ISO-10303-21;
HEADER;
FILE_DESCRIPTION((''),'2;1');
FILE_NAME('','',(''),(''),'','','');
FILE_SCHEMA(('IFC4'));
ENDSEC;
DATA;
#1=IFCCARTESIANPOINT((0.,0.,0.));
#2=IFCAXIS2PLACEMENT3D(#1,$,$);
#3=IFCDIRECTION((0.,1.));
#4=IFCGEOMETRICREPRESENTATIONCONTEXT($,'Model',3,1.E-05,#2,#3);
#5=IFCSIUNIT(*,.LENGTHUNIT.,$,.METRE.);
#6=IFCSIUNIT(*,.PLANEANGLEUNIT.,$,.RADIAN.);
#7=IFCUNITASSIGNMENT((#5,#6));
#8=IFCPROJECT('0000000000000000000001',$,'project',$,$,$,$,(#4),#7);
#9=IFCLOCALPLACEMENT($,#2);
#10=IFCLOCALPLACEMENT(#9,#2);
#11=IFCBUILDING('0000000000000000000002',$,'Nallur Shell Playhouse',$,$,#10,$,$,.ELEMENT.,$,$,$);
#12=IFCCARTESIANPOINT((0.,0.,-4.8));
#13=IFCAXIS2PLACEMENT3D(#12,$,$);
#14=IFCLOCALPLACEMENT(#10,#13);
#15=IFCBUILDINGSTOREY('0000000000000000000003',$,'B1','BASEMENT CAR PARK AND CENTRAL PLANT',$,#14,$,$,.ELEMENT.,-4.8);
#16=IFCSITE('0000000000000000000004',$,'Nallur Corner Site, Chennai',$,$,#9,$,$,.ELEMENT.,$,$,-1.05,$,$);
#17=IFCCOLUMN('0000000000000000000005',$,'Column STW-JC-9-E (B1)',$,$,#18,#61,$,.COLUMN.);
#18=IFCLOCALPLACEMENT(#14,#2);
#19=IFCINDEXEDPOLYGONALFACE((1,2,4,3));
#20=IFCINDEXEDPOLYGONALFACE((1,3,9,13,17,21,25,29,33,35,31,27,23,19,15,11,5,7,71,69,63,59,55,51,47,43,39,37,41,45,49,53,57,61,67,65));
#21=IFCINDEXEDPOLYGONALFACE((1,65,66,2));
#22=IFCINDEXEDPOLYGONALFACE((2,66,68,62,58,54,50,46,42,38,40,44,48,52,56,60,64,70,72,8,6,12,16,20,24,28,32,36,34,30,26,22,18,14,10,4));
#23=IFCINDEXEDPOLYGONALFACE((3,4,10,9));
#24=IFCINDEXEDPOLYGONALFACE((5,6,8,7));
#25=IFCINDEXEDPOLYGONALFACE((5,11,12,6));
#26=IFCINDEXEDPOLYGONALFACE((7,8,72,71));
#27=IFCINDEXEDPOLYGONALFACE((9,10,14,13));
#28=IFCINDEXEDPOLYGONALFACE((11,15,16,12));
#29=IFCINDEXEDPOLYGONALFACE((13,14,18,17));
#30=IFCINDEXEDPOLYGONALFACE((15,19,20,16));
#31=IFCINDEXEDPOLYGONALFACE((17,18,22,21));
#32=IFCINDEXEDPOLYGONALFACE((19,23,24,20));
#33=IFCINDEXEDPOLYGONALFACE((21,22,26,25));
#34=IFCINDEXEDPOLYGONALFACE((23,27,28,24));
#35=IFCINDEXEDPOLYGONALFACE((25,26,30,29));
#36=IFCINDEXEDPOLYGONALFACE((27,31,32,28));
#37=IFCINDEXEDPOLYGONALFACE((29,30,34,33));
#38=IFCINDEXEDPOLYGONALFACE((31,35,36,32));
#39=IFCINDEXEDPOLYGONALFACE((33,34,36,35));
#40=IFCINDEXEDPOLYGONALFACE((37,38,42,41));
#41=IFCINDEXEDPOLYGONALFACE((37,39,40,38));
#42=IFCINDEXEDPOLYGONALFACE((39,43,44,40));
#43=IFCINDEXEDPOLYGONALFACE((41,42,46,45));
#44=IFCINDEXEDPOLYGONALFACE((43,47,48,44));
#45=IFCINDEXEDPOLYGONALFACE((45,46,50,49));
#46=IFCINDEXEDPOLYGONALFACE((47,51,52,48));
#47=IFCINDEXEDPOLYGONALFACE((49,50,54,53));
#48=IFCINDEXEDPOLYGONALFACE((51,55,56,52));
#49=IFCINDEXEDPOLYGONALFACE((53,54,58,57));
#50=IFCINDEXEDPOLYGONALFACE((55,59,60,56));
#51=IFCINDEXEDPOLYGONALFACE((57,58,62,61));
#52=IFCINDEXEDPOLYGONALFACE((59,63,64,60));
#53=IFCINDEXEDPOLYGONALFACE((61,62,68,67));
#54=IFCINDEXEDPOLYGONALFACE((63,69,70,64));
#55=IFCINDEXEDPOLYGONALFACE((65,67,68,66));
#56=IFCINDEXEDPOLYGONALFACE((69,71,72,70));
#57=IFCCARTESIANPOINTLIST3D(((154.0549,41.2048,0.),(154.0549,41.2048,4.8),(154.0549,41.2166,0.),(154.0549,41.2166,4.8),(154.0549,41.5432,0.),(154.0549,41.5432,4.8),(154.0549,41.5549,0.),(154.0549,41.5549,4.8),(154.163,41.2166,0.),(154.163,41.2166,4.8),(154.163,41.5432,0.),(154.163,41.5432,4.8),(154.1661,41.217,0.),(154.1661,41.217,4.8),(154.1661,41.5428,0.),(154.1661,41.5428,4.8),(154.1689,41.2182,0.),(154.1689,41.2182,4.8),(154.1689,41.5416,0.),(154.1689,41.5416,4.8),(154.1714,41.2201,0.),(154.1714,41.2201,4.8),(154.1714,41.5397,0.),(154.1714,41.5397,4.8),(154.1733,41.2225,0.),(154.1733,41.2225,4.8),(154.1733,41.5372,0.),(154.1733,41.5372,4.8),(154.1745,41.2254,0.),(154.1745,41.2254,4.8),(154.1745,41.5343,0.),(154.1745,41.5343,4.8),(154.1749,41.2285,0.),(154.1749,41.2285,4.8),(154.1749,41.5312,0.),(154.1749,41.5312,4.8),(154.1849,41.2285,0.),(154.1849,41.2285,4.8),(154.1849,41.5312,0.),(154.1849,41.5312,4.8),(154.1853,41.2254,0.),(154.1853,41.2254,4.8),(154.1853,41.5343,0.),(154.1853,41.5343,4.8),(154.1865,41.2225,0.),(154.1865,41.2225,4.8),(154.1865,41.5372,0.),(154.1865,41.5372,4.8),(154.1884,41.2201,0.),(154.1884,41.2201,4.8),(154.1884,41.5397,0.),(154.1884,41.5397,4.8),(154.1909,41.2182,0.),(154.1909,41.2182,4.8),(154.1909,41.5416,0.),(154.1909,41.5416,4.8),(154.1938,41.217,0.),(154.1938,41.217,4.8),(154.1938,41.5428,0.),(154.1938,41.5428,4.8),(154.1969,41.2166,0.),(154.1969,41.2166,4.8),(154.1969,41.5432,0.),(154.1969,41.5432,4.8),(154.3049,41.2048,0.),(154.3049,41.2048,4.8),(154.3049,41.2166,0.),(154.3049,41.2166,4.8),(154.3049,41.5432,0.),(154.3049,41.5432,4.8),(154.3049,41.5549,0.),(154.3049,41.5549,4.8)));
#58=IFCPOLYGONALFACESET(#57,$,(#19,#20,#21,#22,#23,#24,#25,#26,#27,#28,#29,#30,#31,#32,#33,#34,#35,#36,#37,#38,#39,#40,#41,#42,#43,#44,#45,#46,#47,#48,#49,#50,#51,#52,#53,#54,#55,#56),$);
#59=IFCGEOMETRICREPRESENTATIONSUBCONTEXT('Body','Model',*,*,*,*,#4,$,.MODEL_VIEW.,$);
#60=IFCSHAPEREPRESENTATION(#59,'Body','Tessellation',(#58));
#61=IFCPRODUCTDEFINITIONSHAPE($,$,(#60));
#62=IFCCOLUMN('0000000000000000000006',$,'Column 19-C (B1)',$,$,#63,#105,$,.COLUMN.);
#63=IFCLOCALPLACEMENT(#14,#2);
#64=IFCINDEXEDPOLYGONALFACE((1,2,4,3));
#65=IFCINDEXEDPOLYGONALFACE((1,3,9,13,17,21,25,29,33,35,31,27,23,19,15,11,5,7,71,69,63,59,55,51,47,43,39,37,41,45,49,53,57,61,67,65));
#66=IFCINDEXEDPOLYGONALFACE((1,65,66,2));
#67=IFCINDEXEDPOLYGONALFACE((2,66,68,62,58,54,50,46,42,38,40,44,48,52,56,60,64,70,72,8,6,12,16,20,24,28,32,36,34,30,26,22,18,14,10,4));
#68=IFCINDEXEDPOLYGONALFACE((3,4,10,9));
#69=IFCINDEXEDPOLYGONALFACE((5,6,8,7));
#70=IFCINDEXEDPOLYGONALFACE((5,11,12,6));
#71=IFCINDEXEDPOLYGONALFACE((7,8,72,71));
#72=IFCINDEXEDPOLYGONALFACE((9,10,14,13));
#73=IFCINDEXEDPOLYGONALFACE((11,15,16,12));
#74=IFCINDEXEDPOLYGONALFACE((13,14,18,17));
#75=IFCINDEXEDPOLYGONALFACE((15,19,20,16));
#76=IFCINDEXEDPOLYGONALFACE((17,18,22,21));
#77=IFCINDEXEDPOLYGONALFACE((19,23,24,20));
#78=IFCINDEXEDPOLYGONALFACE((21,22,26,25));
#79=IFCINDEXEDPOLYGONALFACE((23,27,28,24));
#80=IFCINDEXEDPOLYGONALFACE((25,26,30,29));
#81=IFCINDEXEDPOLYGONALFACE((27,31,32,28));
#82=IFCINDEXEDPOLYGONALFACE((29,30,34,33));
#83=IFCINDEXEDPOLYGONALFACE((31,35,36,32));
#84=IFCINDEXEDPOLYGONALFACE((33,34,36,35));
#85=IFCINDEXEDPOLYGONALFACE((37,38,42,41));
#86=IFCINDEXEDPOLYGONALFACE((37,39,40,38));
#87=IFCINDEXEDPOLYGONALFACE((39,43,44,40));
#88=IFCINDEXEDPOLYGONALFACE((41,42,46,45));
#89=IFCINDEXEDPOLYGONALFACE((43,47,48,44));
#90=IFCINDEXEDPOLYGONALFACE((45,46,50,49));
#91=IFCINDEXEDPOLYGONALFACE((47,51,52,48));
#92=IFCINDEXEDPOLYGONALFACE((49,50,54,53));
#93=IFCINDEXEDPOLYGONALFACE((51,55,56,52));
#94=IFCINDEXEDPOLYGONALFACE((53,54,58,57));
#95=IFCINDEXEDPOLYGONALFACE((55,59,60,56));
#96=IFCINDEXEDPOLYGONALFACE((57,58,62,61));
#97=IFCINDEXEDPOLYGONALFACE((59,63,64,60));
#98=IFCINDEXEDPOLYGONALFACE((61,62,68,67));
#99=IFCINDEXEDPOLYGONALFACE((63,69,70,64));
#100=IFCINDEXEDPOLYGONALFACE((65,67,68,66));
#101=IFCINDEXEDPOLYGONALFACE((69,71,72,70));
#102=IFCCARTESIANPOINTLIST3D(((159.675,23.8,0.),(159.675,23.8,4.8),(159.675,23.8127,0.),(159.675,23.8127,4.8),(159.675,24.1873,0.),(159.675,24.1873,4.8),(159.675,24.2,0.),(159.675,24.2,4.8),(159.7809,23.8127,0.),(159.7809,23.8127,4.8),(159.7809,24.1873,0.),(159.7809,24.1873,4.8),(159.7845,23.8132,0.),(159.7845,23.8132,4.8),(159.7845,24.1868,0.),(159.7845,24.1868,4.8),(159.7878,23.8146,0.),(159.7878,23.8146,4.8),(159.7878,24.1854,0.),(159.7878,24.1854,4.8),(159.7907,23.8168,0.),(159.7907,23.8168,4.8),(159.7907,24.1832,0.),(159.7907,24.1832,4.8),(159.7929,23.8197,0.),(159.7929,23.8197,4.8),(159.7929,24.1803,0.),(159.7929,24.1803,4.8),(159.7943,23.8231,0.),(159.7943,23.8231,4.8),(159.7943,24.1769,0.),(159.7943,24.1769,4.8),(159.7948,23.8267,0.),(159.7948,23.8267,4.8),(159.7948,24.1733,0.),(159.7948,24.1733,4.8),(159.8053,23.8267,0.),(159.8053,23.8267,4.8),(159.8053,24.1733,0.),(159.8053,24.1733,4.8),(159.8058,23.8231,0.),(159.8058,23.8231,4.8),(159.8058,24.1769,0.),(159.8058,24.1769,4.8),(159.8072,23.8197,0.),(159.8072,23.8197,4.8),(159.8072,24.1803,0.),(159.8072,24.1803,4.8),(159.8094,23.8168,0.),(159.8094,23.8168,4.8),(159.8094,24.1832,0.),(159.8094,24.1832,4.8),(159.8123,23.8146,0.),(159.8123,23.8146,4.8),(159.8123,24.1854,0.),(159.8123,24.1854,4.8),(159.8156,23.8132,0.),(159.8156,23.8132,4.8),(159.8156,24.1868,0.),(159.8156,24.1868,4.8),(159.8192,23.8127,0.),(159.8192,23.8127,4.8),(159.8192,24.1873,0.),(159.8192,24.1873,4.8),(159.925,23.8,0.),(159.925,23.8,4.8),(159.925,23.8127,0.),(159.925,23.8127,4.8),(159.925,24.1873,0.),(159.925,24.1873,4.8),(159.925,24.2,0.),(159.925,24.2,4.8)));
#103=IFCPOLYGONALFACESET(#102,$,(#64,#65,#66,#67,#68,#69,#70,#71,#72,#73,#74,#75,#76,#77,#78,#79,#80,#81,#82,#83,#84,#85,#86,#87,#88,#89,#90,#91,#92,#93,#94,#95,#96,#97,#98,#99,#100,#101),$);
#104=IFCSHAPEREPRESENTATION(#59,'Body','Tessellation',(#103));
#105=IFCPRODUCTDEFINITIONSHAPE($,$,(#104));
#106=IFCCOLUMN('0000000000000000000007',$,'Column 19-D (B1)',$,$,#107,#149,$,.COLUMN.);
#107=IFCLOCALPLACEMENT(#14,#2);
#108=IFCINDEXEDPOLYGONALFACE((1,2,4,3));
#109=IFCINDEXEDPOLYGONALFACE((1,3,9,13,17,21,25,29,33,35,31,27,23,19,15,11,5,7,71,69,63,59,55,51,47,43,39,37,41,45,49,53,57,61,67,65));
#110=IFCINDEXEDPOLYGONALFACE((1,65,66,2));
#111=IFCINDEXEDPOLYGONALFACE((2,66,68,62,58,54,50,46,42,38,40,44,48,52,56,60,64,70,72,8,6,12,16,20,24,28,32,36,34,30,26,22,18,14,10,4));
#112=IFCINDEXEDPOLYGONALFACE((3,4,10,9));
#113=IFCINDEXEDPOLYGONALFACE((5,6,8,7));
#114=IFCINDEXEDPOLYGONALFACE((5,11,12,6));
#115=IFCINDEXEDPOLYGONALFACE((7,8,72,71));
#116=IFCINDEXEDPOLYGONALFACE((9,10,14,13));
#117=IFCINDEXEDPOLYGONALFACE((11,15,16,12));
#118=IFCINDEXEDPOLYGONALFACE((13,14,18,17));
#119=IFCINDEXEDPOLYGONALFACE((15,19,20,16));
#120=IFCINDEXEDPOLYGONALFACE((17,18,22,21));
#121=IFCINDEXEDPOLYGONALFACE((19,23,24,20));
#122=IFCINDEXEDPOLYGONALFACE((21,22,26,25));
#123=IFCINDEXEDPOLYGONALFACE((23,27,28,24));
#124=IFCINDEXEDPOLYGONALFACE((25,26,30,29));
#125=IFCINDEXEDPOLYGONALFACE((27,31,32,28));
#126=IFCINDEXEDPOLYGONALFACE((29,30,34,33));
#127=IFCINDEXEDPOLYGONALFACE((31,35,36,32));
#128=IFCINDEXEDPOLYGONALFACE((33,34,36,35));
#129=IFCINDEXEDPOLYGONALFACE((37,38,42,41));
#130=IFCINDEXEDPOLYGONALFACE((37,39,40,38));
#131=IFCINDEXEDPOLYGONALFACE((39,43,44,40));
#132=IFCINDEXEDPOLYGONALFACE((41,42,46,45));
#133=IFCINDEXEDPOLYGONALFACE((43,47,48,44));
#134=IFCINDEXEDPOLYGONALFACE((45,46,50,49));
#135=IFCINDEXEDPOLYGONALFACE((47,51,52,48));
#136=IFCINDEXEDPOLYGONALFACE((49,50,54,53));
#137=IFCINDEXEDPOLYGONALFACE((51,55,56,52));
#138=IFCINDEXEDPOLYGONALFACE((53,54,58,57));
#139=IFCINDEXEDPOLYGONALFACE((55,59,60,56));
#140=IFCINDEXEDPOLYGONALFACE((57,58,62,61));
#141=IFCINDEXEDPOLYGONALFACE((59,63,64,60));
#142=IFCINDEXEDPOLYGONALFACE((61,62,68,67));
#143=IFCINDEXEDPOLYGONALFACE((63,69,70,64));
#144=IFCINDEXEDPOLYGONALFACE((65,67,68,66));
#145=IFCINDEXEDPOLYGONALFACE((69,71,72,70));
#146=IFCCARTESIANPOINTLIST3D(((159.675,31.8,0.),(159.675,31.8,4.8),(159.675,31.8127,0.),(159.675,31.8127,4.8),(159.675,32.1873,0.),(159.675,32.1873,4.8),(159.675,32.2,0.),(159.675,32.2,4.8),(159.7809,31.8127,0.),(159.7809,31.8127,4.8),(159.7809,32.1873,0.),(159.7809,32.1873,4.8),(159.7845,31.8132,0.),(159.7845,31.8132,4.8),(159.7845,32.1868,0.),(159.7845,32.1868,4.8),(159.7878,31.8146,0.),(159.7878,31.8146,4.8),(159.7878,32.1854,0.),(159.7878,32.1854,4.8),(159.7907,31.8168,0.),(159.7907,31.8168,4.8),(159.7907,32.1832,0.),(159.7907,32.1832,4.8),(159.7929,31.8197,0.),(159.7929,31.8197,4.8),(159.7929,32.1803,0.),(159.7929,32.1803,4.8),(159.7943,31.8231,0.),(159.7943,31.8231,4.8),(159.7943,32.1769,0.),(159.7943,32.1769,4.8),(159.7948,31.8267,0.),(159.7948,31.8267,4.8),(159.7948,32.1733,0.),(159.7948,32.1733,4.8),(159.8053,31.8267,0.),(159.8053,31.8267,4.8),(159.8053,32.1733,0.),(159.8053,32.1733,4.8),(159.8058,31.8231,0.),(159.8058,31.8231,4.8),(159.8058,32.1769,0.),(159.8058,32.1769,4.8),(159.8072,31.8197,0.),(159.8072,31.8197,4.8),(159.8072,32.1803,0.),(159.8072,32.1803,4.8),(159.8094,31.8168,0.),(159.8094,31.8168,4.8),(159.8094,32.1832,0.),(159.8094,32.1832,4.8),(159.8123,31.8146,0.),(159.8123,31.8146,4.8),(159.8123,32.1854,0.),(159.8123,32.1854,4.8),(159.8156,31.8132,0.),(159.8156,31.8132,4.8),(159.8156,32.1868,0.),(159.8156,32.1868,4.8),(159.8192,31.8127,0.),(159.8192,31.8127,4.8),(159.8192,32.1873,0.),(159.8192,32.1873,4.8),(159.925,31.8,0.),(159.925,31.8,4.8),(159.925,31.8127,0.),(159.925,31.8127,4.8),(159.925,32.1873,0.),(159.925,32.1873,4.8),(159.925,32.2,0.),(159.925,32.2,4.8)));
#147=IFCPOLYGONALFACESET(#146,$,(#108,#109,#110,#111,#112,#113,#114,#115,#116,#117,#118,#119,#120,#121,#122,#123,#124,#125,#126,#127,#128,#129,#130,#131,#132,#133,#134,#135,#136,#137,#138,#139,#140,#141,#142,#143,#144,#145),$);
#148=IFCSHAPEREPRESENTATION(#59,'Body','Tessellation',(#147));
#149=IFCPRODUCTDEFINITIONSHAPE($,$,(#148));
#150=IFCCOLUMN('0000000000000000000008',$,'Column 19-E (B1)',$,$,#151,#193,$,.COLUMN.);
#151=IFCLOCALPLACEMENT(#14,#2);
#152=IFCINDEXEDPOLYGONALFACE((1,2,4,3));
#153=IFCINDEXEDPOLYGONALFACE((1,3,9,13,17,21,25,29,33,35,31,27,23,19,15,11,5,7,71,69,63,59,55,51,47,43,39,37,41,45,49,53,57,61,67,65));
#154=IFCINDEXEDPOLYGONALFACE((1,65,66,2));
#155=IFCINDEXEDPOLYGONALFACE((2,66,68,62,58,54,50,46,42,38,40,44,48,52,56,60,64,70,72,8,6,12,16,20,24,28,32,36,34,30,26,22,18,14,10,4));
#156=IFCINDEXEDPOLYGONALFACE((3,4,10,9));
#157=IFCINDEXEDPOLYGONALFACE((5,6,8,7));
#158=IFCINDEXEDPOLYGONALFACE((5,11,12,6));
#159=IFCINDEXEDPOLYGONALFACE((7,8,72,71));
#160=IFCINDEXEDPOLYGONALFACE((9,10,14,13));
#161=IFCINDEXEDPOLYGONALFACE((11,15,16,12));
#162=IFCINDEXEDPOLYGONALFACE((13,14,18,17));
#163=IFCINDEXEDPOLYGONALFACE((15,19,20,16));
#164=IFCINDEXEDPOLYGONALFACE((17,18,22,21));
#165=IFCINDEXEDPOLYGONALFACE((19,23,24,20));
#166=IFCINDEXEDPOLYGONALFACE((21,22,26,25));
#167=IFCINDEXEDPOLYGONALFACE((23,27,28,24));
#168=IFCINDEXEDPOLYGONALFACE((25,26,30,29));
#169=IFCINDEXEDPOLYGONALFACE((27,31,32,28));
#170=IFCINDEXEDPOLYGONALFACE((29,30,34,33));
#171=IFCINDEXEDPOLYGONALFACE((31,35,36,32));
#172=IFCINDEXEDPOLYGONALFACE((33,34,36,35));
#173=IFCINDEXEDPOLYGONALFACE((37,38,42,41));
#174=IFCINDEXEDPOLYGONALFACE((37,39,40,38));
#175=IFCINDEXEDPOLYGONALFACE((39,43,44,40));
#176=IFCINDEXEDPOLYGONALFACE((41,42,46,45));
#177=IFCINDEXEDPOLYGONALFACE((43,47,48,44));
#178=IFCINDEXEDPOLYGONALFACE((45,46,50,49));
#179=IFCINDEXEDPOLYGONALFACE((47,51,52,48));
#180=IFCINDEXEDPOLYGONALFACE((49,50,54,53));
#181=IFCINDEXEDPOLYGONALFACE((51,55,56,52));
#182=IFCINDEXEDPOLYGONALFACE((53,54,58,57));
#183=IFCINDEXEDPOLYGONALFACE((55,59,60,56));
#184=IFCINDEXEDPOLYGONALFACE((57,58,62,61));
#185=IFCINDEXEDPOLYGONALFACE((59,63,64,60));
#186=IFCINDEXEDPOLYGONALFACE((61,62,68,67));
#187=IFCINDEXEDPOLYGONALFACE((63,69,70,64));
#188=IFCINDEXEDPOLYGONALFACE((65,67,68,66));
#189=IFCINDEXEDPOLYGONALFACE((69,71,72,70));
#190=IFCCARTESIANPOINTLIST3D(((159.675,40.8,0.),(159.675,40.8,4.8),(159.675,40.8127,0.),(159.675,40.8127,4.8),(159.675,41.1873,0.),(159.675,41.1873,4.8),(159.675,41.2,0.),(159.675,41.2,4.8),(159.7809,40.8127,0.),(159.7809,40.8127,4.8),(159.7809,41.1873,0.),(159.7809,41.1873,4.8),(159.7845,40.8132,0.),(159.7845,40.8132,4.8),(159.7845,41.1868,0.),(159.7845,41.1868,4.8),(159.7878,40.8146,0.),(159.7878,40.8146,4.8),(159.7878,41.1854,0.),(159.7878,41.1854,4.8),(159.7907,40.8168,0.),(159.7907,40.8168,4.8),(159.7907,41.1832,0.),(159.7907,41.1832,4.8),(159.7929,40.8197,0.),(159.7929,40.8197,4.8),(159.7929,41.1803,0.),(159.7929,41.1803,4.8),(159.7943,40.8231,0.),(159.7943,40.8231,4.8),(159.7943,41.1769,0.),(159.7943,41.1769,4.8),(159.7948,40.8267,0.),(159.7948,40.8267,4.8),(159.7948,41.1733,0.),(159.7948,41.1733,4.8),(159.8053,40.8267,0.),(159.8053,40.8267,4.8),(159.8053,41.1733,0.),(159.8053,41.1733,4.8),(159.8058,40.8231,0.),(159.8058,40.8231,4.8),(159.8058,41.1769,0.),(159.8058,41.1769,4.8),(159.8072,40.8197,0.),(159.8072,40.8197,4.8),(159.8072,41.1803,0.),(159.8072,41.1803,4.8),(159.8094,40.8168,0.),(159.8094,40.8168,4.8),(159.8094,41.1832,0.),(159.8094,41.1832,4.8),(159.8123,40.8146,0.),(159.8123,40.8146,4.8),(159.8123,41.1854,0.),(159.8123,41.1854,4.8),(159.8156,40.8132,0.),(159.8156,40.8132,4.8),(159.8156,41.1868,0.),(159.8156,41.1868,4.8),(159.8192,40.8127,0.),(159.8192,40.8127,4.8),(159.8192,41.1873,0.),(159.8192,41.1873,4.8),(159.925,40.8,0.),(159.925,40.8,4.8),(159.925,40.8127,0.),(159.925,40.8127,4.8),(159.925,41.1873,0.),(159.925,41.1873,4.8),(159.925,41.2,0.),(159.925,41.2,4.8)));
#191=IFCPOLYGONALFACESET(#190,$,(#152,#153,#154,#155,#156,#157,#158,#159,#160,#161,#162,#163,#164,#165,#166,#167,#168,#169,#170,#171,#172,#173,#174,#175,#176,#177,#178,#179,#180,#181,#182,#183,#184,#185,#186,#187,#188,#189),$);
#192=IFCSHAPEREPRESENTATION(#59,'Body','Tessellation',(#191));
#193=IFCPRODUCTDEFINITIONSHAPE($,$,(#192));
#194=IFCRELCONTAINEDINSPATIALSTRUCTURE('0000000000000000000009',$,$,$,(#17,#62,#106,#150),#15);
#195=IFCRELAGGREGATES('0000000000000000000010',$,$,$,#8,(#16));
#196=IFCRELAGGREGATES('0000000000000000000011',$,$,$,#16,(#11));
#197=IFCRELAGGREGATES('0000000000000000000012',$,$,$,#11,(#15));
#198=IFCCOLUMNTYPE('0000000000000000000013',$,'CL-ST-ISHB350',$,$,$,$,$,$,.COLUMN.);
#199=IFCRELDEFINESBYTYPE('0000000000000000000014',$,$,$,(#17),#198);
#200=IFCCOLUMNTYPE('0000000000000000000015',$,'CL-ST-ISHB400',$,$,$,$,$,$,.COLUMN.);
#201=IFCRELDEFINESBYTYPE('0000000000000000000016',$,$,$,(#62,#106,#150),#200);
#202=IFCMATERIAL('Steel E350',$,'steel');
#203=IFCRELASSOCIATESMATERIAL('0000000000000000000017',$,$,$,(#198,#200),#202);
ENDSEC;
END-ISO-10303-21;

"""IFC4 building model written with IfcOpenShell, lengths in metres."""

from ifc_helpers import new_model, si_unit, direction, frame, origin, origin_2d, place, context, subcontext, project, spatial, i_section, extrude, material, material_profile, profile_set, type_object, element, save


model = new_model("IFC4")

# Units and contexts
model_context = context("Model", 3, precision=1e-05, world=origin(), true_north=direction((0.0, 1.0)))
body_context = subcontext(model_context, "Body", "Model", "MODEL_VIEW")
ifc_project = project(units=[si_unit("LENGTHUNIT", "METRE"), si_unit("PLANEANGLEUNIT", "RADIAN")], contexts=[model_context])

# Site, building, storey
site_placement = place(None, origin())
site = spatial("IfcSite", under=ifc_project, at=site_placement, Name="Nallur Corner Site, Chennai", CompositionType="ELEMENT", RefElevation=-1.05)
building_placement = place(site_placement, origin())
building = spatial("IfcBuilding", under=site, at=building_placement, Name="Nallur Shell Playhouse", CompositionType="ELEMENT")
storey_placement = place(building_placement, frame((0.0, 0.0, -4.8)))
storey = spatial("IfcBuildingStorey", under=building, at=storey_placement, Name="B1", Description="BASEMENT CAR PARK AND CENTRAL PLANT", CompositionType="ELEMENT", Elevation=-4.8)

# Columns
ifc_material_1 = material(Name="Steel E350", Category="steel")
ifc_material_profile_1 = material_profile(ifc_material_1, i_section(OverallWidth=0.25, OverallDepth=0.3501, WebThickness=0.01, FlangeThickness=0.0117, FilletRadius=0.012, at=origin_2d()), Name="ISHB 350")
ifc_profile_set_1 = profile_set([ifc_material_profile_1], Name="Steel E350")
column_type_1 = type_object("IfcColumnType", Name="CL-ST-ISHB350", PredefinedType="COLUMN", material=ifc_profile_set_1)
for number, where, z_axis, x_axis, name in (
    (1, (154.1799, 41.3799, 0.0), (0.0, 0.0, 1.0), (1.0, 0.0, 0.0), "Column STW-JC-9-E (B1)"),
):
    element("IfcColumn", number, at=place(storey_placement, frame(where, z_axis=z_axis, x_axis=x_axis)), inside=storey, type_object=column_type_1, Name=name, PredefinedType="COLUMN", context=body_context, shape_type="SweptSolid", body=[
        extrude(i_section(OverallWidth=0.25, OverallDepth=0.3501, WebThickness=0.01, FlangeThickness=0.0117, FilletRadius=0.012, at=origin_2d()), origin(), (0.0, 0.0, 1.0), 4.8),
    ])
ifc_material_profile_2 = material_profile(ifc_material_1, i_section(OverallWidth=0.25, OverallDepth=0.3999, WebThickness=0.0105, FlangeThickness=0.0127, FilletRadius=0.0139, at=origin_2d()), Name="ISHB 400")
ifc_profile_set_2 = profile_set([ifc_material_profile_2], Name="Steel E350")
column_type_2 = type_object("IfcColumnType", Name="CL-ST-ISHB400", PredefinedType="COLUMN", material=ifc_profile_set_2)
for number, where, z_axis, x_axis, name in (
    (2, (159.8, 24.0, 0.0), (0.0, 0.0, 1.0), (1.0, 0.0, 0.0), "Column 19-C (B1)"),
    (3, (159.8, 32.0, 0.0), (0.0, 0.0, 1.0), (1.0, 0.0, 0.0), "Column 19-D (B1)"),
    (4, (159.8, 41.0, 0.0), (0.0, 0.0, 1.0), (1.0, 0.0, 0.0), "Column 19-E (B1)"),
):
    element("IfcColumn", number, at=place(storey_placement, frame(where, z_axis=z_axis, x_axis=x_axis)), inside=storey, type_object=column_type_2, Name=name, PredefinedType="COLUMN", context=body_context, shape_type="SweptSolid", body=[
        extrude(i_section(OverallWidth=0.25, OverallDepth=0.3999, WebThickness=0.0105, FlangeThickness=0.0127, FilletRadius=0.0139, at=origin_2d()), origin(), (0.0, 0.0, 1.0), 4.8),
    ])

save(model, "model.ifc")
